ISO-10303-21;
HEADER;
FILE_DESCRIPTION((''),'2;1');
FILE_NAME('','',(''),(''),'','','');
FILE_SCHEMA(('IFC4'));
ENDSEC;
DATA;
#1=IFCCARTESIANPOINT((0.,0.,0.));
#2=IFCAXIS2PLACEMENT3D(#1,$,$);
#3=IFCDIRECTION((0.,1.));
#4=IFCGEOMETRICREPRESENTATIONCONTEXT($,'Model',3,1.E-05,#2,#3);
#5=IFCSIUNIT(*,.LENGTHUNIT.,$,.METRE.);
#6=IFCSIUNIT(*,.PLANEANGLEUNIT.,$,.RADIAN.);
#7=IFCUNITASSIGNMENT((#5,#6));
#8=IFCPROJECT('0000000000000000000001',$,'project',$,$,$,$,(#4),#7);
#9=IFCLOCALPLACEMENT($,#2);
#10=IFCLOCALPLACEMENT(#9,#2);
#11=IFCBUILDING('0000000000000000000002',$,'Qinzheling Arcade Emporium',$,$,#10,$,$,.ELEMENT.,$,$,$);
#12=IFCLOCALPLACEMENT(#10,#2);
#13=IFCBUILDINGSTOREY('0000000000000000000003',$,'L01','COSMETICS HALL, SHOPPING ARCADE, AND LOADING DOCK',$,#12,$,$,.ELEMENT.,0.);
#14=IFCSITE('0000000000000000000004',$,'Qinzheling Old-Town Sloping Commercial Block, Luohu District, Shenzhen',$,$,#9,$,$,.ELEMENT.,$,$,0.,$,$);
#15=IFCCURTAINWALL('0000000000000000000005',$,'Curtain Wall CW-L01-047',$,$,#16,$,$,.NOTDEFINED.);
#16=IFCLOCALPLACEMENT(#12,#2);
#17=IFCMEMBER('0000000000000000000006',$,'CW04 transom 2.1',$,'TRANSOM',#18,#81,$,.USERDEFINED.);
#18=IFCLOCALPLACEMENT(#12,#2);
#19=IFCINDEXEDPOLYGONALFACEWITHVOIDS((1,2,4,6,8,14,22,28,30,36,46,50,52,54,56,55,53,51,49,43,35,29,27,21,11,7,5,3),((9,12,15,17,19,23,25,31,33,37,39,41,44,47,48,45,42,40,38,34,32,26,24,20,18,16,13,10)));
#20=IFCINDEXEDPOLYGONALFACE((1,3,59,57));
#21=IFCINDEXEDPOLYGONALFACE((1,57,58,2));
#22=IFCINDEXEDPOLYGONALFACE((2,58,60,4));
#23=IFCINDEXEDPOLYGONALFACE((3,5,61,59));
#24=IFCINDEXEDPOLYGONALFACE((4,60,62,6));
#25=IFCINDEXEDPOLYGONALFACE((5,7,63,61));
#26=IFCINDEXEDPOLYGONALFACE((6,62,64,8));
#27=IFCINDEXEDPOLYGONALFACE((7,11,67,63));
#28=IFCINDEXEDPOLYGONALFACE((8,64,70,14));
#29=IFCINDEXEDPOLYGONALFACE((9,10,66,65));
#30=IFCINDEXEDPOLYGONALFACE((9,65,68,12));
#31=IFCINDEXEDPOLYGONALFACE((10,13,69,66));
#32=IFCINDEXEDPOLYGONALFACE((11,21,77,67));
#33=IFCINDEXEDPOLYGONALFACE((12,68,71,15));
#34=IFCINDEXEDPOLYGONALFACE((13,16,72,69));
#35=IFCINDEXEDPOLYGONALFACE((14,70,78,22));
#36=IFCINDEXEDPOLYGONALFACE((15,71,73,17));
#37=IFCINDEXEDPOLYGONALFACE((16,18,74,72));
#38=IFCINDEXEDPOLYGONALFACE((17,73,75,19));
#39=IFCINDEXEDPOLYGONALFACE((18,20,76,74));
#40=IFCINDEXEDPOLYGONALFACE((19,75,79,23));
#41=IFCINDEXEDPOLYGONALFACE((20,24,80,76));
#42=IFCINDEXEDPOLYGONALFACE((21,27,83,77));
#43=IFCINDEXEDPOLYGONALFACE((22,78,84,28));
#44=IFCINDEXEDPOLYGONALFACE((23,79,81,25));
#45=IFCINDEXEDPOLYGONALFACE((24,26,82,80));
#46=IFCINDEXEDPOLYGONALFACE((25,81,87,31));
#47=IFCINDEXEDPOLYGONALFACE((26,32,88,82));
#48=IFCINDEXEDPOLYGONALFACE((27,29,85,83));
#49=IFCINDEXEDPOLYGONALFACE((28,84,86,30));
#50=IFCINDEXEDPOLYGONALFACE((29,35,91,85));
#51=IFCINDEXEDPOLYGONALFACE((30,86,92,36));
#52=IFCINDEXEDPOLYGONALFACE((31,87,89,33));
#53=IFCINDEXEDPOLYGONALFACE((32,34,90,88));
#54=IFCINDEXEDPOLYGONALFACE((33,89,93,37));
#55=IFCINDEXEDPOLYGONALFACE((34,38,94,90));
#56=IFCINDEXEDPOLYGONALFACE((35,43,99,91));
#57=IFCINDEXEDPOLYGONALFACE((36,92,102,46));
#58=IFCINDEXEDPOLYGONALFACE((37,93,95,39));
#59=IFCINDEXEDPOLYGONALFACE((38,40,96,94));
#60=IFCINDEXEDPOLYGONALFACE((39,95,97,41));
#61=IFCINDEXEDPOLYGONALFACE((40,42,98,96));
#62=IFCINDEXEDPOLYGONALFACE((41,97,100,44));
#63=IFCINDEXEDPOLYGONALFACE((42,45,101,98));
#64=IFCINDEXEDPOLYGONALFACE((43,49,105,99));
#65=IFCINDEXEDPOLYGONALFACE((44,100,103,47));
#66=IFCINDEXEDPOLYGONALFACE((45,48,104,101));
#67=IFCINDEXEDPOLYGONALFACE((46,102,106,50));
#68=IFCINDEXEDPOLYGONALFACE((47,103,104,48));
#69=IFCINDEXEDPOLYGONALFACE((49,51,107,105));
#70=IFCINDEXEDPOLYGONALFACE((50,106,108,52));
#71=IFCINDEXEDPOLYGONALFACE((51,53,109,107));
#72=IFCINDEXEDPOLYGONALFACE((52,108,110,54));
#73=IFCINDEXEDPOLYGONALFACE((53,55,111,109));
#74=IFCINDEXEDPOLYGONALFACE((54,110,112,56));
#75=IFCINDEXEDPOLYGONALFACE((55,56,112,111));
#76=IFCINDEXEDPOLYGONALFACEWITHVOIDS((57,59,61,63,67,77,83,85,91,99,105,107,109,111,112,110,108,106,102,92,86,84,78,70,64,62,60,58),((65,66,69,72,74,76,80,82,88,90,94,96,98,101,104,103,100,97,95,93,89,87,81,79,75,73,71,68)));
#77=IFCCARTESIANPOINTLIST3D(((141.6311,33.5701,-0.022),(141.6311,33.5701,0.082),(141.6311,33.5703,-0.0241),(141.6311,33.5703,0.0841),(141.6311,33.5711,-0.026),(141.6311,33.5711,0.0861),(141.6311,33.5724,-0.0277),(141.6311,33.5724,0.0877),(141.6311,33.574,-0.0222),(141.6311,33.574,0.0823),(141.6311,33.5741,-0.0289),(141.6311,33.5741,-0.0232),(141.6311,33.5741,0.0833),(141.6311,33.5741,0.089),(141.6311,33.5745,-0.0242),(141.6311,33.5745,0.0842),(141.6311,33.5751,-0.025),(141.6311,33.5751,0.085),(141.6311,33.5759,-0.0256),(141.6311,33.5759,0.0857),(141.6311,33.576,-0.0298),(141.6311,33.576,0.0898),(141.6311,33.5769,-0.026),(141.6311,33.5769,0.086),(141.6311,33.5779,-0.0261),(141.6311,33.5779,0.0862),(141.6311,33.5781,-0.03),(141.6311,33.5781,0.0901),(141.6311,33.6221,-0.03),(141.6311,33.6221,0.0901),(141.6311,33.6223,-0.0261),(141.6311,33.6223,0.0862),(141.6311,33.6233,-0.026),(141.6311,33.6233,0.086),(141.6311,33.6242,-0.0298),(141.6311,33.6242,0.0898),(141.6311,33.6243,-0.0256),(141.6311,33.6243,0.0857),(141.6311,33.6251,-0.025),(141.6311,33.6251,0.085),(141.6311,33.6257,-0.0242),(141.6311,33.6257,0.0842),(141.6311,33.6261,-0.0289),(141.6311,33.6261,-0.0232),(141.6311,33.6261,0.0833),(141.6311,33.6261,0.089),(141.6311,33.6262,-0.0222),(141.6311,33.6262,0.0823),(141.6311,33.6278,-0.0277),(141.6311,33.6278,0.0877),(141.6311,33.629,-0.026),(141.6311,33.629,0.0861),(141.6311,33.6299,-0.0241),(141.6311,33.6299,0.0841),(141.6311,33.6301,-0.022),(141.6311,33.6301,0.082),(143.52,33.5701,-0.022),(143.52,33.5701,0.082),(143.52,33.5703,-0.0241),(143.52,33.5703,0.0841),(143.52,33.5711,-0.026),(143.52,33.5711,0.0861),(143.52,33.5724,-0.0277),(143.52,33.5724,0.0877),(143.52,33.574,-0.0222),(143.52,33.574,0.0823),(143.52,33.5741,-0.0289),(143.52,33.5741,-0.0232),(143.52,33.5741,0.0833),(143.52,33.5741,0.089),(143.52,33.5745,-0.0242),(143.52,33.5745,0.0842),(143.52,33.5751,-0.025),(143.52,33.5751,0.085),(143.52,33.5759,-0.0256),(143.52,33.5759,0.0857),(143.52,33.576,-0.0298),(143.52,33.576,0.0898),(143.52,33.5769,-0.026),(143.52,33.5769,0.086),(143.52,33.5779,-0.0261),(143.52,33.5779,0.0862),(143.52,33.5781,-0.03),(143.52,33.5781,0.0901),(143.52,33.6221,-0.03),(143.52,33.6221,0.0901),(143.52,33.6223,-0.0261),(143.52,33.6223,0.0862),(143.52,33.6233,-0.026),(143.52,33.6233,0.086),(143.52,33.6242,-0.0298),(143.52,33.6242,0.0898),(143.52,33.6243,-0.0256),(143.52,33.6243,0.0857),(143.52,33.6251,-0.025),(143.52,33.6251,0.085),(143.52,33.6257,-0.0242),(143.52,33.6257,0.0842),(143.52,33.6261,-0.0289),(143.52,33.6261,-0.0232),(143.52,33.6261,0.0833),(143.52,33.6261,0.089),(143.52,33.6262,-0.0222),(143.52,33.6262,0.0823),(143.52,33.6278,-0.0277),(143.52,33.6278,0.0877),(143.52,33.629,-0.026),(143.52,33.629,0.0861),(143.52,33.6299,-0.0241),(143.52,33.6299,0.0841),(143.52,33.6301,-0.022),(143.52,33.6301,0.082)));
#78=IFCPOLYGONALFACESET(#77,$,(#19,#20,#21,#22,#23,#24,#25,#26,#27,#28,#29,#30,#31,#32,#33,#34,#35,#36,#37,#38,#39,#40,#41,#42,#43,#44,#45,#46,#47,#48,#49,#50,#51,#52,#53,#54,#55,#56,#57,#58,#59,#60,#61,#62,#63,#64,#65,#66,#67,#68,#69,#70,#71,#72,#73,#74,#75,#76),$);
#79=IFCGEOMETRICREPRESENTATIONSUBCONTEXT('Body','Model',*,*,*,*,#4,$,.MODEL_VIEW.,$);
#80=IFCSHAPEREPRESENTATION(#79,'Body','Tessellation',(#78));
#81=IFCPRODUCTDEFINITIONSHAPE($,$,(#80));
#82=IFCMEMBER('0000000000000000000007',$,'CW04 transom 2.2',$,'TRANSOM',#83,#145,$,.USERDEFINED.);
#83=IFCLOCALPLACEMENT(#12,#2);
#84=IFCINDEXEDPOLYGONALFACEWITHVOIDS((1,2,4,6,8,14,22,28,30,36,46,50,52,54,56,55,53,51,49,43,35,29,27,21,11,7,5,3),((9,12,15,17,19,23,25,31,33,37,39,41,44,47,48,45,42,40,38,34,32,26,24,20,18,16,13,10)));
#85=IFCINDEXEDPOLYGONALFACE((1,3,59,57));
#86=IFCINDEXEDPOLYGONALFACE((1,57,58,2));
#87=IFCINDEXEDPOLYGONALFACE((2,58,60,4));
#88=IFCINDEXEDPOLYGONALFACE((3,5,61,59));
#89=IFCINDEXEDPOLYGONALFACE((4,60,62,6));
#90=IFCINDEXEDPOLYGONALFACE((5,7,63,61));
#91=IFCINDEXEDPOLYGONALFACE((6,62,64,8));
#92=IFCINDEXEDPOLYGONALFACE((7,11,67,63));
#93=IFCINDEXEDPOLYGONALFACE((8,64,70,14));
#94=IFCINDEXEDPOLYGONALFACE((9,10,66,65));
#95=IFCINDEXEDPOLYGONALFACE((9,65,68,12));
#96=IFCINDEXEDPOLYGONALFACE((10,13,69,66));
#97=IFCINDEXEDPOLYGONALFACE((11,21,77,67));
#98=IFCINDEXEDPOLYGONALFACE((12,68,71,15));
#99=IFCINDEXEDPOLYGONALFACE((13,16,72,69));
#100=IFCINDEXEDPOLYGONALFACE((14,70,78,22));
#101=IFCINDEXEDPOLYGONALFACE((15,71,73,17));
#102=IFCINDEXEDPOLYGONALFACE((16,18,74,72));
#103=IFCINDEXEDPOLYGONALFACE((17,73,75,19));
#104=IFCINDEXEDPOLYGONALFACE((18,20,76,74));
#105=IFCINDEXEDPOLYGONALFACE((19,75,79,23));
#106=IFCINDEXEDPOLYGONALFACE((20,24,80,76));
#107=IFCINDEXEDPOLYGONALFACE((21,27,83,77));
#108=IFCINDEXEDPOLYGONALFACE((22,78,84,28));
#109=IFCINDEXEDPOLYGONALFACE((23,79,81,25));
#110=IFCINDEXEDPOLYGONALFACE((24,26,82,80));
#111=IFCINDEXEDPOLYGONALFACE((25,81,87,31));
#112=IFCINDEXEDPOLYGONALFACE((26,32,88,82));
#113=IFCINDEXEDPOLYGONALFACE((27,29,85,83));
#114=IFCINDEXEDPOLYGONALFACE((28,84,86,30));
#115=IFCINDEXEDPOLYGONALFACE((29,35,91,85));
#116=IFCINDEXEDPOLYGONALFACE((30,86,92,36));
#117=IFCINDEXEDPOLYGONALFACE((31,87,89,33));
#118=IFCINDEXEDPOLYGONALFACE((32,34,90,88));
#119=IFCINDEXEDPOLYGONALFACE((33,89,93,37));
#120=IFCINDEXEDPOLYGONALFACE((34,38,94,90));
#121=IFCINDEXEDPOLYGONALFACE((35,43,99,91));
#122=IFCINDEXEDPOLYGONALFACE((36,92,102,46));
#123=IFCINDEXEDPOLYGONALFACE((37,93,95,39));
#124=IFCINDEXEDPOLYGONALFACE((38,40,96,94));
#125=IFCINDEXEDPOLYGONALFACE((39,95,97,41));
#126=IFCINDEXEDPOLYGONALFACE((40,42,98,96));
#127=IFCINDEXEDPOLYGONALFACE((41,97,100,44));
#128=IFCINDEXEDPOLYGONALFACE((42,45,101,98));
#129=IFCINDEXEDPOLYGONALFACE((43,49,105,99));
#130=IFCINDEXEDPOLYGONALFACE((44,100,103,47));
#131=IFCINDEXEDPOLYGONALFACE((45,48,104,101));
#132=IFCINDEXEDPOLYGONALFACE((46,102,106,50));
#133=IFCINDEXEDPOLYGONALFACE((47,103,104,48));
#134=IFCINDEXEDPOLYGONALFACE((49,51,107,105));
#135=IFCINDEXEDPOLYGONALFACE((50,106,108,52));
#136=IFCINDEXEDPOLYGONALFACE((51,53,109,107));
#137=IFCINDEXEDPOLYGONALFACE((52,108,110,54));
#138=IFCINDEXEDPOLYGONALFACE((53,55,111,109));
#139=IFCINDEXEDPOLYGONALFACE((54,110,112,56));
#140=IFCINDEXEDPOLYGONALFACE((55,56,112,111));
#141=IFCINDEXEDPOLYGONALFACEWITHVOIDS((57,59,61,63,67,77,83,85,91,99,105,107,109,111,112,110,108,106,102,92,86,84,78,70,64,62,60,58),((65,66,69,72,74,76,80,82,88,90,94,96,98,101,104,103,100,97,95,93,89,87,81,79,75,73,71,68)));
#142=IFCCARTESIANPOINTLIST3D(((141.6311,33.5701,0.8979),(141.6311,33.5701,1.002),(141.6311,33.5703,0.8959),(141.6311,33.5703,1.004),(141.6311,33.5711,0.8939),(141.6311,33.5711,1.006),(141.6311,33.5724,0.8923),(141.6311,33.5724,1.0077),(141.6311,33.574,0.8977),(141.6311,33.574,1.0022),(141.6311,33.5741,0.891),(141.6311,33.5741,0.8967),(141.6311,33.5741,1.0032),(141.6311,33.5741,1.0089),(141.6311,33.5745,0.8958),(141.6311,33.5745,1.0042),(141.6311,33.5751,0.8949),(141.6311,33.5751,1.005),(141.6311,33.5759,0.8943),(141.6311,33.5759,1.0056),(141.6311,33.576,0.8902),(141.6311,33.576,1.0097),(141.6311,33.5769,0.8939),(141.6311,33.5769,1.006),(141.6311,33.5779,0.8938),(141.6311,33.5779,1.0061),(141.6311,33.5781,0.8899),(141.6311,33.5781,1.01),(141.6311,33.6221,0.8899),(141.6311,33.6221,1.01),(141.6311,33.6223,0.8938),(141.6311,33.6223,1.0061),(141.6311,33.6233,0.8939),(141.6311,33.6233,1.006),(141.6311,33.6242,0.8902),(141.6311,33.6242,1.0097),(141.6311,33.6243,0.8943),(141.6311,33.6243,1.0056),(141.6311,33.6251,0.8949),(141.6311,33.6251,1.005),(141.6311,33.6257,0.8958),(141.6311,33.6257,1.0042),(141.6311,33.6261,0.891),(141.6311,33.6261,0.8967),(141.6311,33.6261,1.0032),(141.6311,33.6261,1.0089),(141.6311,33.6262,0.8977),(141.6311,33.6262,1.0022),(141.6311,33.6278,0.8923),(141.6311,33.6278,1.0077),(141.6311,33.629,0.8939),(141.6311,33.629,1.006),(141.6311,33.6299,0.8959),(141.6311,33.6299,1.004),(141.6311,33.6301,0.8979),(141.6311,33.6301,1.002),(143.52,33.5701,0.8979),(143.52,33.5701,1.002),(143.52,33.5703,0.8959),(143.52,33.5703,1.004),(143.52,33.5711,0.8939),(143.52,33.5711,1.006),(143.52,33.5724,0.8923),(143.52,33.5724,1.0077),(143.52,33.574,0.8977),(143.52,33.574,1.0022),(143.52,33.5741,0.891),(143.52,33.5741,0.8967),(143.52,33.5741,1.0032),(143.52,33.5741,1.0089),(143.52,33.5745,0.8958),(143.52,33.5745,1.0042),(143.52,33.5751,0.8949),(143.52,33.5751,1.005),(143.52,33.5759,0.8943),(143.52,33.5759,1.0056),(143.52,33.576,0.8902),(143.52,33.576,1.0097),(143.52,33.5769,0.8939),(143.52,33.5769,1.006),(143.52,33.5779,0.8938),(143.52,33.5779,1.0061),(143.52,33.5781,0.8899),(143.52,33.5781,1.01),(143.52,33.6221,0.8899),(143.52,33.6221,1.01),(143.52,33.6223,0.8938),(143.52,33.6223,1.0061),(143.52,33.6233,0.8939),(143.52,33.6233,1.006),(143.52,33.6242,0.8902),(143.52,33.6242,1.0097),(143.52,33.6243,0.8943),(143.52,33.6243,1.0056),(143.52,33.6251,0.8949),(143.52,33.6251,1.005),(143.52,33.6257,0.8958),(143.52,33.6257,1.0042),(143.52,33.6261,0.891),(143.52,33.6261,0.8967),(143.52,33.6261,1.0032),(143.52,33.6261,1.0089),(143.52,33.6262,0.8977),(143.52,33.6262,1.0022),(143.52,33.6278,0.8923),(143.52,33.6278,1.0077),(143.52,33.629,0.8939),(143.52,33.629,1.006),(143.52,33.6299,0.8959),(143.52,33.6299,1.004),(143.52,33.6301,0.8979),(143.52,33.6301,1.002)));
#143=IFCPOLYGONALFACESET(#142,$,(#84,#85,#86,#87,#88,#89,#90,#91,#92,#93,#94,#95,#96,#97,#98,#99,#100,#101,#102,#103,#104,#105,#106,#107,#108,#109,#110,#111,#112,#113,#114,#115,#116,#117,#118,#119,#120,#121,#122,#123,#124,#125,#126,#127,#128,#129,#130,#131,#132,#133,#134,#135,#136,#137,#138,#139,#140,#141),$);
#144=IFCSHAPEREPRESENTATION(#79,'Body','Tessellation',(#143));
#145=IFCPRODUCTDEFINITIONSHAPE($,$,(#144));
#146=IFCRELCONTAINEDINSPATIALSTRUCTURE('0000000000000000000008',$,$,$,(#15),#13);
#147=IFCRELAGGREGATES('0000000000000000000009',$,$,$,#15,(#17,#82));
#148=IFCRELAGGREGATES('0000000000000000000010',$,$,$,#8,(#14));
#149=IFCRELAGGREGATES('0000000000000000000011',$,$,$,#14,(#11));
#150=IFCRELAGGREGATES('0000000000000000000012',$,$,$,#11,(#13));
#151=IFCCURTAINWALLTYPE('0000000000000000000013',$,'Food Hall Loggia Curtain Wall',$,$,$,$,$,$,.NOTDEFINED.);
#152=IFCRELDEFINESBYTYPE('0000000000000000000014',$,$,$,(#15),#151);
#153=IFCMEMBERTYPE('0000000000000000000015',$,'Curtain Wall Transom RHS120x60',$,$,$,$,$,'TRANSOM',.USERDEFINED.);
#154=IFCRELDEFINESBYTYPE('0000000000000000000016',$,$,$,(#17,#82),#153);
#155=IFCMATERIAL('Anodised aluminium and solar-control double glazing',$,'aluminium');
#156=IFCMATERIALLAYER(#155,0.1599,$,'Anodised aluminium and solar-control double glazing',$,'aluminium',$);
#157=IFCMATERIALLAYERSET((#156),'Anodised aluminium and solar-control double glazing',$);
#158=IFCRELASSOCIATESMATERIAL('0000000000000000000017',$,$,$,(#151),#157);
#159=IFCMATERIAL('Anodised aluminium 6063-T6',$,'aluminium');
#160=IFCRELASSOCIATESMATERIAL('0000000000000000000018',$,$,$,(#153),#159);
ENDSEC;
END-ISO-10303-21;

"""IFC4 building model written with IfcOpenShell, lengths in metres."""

from ifc_helpers import new_model, si_unit, direction, frame, origin, origin_2d, place, context, subcontext, project, spatial, hollow_rectangle, extrude, material, layer, layer_set, material_profile, profile_set, type_object, element, aggregate, save


model = new_model("IFC4")

# Units and contexts
model_context = context("Model", 3, precision=1e-05, world=origin(), true_north=direction((0.0, 1.0)))
body_context = subcontext(model_context, "Body", "Model", "MODEL_VIEW")
ifc_project = project(units=[si_unit("LENGTHUNIT", "METRE"), si_unit("PLANEANGLEUNIT", "RADIAN")], contexts=[model_context])

# Site, building, storey
site_placement = place(None, origin())
site = spatial("IfcSite", under=ifc_project, at=site_placement, Name="Qinzheling Old-Town Sloping Commercial Block, Luohu District, Shenzhen", CompositionType="ELEMENT", RefElevation=0.0)
building_placement = place(site_placement, origin())
building = spatial("IfcBuilding", under=site, at=building_placement, Name="Qinzheling Arcade Emporium", CompositionType="ELEMENT")
storey_placement = place(building_placement, origin())
storey = spatial("IfcBuildingStorey", under=building, at=storey_placement, Name="L01", Description="COSMETICS HALL, SHOPPING ARCADE, AND LOADING DOCK", CompositionType="ELEMENT", Elevation=0.0)

# Curtain wall, members
ifc_material_1 = material(Name="Anodised aluminium and solar-control double glazing", Category="aluminium")
ifc_layer_1 = layer(ifc_material_1, 0.1599, Name="Anodised aluminium and solar-control double glazing", Category="aluminium")
ifc_layer_set_1 = layer_set([ifc_layer_1], Name="Anodised aluminium and solar-control double glazing")
curtain_wall_type = type_object("IfcCurtainWallType", Name="Food Hall Loggia Curtain Wall", PredefinedType="NOTDEFINED", material=ifc_layer_set_1)
curtain_wall_placement = place(storey_placement, origin())
curtain_wall = element("IfcCurtainWall", 1, at=curtain_wall_placement, inside=storey, type_object=curtain_wall_type, Name="Curtain Wall CW-L01-047", PredefinedType="NOTDEFINED")
ifc_material_2 = material(Name="Anodised aluminium 6063-T6", Category="aluminium")
ifc_material_profile_1 = material_profile(ifc_material_2, hollow_rectangle(XDim=0.0601, YDim=0.1201, WallThickness=0.0039, InnerFilletRadius=0.0039, OuterFilletRadius=0.0081, at=origin_2d()), Name="RHS 120x60x4", Category="aluminium")
ifc_profile_set_1 = profile_set([ifc_material_profile_1], Name="Anodised aluminium 6063-T6")
member_type_1 = type_object("IfcMemberType", Name="Curtain Wall Transom RHS120x60", ElementType="TRANSOM", PredefinedType="USERDEFINED", material=ifc_profile_set_1)
member_1_placement = place(storey_placement, frame((141.6311, 33.6001, 0.03), z_axis=(1.0, 0.0, 0.0), x_axis=(0.0, 1.0, 0.0)))
member_1 = element("IfcMember", 2, at=member_1_placement, type_object=member_type_1, Name="CW04 transom 2.1", ObjectType="TRANSOM", PredefinedType="USERDEFINED", context=body_context, shape_type="SweptSolid", body=[
    extrude(hollow_rectangle(XDim=0.0601, YDim=0.1201, WallThickness=0.0039, InnerFilletRadius=0.0039, OuterFilletRadius=0.0081, at=origin_2d()), origin(), (0.0, 0.0, 1.0), 1.8889),
])
member_2_placement = place(storey_placement, frame((141.6311, 33.6001, 0.95), z_axis=(1.0, 0.0, 0.0), x_axis=(0.0, 1.0, 0.0)))
member_2 = element("IfcMember", 3, at=member_2_placement, type_object=member_type_1, Name="CW04 transom 2.2", ObjectType="TRANSOM", PredefinedType="USERDEFINED", context=body_context, shape_type="SweptSolid", body=[
    extrude(hollow_rectangle(XDim=0.0601, YDim=0.1201, WallThickness=0.0039, InnerFilletRadius=0.0039, OuterFilletRadius=0.0081, at=origin_2d()), origin(), (0.0, 0.0, 1.0), 1.8889),
])

aggregate(curtain_wall, [member_1, member_2])

save(model, "model.ifc")
